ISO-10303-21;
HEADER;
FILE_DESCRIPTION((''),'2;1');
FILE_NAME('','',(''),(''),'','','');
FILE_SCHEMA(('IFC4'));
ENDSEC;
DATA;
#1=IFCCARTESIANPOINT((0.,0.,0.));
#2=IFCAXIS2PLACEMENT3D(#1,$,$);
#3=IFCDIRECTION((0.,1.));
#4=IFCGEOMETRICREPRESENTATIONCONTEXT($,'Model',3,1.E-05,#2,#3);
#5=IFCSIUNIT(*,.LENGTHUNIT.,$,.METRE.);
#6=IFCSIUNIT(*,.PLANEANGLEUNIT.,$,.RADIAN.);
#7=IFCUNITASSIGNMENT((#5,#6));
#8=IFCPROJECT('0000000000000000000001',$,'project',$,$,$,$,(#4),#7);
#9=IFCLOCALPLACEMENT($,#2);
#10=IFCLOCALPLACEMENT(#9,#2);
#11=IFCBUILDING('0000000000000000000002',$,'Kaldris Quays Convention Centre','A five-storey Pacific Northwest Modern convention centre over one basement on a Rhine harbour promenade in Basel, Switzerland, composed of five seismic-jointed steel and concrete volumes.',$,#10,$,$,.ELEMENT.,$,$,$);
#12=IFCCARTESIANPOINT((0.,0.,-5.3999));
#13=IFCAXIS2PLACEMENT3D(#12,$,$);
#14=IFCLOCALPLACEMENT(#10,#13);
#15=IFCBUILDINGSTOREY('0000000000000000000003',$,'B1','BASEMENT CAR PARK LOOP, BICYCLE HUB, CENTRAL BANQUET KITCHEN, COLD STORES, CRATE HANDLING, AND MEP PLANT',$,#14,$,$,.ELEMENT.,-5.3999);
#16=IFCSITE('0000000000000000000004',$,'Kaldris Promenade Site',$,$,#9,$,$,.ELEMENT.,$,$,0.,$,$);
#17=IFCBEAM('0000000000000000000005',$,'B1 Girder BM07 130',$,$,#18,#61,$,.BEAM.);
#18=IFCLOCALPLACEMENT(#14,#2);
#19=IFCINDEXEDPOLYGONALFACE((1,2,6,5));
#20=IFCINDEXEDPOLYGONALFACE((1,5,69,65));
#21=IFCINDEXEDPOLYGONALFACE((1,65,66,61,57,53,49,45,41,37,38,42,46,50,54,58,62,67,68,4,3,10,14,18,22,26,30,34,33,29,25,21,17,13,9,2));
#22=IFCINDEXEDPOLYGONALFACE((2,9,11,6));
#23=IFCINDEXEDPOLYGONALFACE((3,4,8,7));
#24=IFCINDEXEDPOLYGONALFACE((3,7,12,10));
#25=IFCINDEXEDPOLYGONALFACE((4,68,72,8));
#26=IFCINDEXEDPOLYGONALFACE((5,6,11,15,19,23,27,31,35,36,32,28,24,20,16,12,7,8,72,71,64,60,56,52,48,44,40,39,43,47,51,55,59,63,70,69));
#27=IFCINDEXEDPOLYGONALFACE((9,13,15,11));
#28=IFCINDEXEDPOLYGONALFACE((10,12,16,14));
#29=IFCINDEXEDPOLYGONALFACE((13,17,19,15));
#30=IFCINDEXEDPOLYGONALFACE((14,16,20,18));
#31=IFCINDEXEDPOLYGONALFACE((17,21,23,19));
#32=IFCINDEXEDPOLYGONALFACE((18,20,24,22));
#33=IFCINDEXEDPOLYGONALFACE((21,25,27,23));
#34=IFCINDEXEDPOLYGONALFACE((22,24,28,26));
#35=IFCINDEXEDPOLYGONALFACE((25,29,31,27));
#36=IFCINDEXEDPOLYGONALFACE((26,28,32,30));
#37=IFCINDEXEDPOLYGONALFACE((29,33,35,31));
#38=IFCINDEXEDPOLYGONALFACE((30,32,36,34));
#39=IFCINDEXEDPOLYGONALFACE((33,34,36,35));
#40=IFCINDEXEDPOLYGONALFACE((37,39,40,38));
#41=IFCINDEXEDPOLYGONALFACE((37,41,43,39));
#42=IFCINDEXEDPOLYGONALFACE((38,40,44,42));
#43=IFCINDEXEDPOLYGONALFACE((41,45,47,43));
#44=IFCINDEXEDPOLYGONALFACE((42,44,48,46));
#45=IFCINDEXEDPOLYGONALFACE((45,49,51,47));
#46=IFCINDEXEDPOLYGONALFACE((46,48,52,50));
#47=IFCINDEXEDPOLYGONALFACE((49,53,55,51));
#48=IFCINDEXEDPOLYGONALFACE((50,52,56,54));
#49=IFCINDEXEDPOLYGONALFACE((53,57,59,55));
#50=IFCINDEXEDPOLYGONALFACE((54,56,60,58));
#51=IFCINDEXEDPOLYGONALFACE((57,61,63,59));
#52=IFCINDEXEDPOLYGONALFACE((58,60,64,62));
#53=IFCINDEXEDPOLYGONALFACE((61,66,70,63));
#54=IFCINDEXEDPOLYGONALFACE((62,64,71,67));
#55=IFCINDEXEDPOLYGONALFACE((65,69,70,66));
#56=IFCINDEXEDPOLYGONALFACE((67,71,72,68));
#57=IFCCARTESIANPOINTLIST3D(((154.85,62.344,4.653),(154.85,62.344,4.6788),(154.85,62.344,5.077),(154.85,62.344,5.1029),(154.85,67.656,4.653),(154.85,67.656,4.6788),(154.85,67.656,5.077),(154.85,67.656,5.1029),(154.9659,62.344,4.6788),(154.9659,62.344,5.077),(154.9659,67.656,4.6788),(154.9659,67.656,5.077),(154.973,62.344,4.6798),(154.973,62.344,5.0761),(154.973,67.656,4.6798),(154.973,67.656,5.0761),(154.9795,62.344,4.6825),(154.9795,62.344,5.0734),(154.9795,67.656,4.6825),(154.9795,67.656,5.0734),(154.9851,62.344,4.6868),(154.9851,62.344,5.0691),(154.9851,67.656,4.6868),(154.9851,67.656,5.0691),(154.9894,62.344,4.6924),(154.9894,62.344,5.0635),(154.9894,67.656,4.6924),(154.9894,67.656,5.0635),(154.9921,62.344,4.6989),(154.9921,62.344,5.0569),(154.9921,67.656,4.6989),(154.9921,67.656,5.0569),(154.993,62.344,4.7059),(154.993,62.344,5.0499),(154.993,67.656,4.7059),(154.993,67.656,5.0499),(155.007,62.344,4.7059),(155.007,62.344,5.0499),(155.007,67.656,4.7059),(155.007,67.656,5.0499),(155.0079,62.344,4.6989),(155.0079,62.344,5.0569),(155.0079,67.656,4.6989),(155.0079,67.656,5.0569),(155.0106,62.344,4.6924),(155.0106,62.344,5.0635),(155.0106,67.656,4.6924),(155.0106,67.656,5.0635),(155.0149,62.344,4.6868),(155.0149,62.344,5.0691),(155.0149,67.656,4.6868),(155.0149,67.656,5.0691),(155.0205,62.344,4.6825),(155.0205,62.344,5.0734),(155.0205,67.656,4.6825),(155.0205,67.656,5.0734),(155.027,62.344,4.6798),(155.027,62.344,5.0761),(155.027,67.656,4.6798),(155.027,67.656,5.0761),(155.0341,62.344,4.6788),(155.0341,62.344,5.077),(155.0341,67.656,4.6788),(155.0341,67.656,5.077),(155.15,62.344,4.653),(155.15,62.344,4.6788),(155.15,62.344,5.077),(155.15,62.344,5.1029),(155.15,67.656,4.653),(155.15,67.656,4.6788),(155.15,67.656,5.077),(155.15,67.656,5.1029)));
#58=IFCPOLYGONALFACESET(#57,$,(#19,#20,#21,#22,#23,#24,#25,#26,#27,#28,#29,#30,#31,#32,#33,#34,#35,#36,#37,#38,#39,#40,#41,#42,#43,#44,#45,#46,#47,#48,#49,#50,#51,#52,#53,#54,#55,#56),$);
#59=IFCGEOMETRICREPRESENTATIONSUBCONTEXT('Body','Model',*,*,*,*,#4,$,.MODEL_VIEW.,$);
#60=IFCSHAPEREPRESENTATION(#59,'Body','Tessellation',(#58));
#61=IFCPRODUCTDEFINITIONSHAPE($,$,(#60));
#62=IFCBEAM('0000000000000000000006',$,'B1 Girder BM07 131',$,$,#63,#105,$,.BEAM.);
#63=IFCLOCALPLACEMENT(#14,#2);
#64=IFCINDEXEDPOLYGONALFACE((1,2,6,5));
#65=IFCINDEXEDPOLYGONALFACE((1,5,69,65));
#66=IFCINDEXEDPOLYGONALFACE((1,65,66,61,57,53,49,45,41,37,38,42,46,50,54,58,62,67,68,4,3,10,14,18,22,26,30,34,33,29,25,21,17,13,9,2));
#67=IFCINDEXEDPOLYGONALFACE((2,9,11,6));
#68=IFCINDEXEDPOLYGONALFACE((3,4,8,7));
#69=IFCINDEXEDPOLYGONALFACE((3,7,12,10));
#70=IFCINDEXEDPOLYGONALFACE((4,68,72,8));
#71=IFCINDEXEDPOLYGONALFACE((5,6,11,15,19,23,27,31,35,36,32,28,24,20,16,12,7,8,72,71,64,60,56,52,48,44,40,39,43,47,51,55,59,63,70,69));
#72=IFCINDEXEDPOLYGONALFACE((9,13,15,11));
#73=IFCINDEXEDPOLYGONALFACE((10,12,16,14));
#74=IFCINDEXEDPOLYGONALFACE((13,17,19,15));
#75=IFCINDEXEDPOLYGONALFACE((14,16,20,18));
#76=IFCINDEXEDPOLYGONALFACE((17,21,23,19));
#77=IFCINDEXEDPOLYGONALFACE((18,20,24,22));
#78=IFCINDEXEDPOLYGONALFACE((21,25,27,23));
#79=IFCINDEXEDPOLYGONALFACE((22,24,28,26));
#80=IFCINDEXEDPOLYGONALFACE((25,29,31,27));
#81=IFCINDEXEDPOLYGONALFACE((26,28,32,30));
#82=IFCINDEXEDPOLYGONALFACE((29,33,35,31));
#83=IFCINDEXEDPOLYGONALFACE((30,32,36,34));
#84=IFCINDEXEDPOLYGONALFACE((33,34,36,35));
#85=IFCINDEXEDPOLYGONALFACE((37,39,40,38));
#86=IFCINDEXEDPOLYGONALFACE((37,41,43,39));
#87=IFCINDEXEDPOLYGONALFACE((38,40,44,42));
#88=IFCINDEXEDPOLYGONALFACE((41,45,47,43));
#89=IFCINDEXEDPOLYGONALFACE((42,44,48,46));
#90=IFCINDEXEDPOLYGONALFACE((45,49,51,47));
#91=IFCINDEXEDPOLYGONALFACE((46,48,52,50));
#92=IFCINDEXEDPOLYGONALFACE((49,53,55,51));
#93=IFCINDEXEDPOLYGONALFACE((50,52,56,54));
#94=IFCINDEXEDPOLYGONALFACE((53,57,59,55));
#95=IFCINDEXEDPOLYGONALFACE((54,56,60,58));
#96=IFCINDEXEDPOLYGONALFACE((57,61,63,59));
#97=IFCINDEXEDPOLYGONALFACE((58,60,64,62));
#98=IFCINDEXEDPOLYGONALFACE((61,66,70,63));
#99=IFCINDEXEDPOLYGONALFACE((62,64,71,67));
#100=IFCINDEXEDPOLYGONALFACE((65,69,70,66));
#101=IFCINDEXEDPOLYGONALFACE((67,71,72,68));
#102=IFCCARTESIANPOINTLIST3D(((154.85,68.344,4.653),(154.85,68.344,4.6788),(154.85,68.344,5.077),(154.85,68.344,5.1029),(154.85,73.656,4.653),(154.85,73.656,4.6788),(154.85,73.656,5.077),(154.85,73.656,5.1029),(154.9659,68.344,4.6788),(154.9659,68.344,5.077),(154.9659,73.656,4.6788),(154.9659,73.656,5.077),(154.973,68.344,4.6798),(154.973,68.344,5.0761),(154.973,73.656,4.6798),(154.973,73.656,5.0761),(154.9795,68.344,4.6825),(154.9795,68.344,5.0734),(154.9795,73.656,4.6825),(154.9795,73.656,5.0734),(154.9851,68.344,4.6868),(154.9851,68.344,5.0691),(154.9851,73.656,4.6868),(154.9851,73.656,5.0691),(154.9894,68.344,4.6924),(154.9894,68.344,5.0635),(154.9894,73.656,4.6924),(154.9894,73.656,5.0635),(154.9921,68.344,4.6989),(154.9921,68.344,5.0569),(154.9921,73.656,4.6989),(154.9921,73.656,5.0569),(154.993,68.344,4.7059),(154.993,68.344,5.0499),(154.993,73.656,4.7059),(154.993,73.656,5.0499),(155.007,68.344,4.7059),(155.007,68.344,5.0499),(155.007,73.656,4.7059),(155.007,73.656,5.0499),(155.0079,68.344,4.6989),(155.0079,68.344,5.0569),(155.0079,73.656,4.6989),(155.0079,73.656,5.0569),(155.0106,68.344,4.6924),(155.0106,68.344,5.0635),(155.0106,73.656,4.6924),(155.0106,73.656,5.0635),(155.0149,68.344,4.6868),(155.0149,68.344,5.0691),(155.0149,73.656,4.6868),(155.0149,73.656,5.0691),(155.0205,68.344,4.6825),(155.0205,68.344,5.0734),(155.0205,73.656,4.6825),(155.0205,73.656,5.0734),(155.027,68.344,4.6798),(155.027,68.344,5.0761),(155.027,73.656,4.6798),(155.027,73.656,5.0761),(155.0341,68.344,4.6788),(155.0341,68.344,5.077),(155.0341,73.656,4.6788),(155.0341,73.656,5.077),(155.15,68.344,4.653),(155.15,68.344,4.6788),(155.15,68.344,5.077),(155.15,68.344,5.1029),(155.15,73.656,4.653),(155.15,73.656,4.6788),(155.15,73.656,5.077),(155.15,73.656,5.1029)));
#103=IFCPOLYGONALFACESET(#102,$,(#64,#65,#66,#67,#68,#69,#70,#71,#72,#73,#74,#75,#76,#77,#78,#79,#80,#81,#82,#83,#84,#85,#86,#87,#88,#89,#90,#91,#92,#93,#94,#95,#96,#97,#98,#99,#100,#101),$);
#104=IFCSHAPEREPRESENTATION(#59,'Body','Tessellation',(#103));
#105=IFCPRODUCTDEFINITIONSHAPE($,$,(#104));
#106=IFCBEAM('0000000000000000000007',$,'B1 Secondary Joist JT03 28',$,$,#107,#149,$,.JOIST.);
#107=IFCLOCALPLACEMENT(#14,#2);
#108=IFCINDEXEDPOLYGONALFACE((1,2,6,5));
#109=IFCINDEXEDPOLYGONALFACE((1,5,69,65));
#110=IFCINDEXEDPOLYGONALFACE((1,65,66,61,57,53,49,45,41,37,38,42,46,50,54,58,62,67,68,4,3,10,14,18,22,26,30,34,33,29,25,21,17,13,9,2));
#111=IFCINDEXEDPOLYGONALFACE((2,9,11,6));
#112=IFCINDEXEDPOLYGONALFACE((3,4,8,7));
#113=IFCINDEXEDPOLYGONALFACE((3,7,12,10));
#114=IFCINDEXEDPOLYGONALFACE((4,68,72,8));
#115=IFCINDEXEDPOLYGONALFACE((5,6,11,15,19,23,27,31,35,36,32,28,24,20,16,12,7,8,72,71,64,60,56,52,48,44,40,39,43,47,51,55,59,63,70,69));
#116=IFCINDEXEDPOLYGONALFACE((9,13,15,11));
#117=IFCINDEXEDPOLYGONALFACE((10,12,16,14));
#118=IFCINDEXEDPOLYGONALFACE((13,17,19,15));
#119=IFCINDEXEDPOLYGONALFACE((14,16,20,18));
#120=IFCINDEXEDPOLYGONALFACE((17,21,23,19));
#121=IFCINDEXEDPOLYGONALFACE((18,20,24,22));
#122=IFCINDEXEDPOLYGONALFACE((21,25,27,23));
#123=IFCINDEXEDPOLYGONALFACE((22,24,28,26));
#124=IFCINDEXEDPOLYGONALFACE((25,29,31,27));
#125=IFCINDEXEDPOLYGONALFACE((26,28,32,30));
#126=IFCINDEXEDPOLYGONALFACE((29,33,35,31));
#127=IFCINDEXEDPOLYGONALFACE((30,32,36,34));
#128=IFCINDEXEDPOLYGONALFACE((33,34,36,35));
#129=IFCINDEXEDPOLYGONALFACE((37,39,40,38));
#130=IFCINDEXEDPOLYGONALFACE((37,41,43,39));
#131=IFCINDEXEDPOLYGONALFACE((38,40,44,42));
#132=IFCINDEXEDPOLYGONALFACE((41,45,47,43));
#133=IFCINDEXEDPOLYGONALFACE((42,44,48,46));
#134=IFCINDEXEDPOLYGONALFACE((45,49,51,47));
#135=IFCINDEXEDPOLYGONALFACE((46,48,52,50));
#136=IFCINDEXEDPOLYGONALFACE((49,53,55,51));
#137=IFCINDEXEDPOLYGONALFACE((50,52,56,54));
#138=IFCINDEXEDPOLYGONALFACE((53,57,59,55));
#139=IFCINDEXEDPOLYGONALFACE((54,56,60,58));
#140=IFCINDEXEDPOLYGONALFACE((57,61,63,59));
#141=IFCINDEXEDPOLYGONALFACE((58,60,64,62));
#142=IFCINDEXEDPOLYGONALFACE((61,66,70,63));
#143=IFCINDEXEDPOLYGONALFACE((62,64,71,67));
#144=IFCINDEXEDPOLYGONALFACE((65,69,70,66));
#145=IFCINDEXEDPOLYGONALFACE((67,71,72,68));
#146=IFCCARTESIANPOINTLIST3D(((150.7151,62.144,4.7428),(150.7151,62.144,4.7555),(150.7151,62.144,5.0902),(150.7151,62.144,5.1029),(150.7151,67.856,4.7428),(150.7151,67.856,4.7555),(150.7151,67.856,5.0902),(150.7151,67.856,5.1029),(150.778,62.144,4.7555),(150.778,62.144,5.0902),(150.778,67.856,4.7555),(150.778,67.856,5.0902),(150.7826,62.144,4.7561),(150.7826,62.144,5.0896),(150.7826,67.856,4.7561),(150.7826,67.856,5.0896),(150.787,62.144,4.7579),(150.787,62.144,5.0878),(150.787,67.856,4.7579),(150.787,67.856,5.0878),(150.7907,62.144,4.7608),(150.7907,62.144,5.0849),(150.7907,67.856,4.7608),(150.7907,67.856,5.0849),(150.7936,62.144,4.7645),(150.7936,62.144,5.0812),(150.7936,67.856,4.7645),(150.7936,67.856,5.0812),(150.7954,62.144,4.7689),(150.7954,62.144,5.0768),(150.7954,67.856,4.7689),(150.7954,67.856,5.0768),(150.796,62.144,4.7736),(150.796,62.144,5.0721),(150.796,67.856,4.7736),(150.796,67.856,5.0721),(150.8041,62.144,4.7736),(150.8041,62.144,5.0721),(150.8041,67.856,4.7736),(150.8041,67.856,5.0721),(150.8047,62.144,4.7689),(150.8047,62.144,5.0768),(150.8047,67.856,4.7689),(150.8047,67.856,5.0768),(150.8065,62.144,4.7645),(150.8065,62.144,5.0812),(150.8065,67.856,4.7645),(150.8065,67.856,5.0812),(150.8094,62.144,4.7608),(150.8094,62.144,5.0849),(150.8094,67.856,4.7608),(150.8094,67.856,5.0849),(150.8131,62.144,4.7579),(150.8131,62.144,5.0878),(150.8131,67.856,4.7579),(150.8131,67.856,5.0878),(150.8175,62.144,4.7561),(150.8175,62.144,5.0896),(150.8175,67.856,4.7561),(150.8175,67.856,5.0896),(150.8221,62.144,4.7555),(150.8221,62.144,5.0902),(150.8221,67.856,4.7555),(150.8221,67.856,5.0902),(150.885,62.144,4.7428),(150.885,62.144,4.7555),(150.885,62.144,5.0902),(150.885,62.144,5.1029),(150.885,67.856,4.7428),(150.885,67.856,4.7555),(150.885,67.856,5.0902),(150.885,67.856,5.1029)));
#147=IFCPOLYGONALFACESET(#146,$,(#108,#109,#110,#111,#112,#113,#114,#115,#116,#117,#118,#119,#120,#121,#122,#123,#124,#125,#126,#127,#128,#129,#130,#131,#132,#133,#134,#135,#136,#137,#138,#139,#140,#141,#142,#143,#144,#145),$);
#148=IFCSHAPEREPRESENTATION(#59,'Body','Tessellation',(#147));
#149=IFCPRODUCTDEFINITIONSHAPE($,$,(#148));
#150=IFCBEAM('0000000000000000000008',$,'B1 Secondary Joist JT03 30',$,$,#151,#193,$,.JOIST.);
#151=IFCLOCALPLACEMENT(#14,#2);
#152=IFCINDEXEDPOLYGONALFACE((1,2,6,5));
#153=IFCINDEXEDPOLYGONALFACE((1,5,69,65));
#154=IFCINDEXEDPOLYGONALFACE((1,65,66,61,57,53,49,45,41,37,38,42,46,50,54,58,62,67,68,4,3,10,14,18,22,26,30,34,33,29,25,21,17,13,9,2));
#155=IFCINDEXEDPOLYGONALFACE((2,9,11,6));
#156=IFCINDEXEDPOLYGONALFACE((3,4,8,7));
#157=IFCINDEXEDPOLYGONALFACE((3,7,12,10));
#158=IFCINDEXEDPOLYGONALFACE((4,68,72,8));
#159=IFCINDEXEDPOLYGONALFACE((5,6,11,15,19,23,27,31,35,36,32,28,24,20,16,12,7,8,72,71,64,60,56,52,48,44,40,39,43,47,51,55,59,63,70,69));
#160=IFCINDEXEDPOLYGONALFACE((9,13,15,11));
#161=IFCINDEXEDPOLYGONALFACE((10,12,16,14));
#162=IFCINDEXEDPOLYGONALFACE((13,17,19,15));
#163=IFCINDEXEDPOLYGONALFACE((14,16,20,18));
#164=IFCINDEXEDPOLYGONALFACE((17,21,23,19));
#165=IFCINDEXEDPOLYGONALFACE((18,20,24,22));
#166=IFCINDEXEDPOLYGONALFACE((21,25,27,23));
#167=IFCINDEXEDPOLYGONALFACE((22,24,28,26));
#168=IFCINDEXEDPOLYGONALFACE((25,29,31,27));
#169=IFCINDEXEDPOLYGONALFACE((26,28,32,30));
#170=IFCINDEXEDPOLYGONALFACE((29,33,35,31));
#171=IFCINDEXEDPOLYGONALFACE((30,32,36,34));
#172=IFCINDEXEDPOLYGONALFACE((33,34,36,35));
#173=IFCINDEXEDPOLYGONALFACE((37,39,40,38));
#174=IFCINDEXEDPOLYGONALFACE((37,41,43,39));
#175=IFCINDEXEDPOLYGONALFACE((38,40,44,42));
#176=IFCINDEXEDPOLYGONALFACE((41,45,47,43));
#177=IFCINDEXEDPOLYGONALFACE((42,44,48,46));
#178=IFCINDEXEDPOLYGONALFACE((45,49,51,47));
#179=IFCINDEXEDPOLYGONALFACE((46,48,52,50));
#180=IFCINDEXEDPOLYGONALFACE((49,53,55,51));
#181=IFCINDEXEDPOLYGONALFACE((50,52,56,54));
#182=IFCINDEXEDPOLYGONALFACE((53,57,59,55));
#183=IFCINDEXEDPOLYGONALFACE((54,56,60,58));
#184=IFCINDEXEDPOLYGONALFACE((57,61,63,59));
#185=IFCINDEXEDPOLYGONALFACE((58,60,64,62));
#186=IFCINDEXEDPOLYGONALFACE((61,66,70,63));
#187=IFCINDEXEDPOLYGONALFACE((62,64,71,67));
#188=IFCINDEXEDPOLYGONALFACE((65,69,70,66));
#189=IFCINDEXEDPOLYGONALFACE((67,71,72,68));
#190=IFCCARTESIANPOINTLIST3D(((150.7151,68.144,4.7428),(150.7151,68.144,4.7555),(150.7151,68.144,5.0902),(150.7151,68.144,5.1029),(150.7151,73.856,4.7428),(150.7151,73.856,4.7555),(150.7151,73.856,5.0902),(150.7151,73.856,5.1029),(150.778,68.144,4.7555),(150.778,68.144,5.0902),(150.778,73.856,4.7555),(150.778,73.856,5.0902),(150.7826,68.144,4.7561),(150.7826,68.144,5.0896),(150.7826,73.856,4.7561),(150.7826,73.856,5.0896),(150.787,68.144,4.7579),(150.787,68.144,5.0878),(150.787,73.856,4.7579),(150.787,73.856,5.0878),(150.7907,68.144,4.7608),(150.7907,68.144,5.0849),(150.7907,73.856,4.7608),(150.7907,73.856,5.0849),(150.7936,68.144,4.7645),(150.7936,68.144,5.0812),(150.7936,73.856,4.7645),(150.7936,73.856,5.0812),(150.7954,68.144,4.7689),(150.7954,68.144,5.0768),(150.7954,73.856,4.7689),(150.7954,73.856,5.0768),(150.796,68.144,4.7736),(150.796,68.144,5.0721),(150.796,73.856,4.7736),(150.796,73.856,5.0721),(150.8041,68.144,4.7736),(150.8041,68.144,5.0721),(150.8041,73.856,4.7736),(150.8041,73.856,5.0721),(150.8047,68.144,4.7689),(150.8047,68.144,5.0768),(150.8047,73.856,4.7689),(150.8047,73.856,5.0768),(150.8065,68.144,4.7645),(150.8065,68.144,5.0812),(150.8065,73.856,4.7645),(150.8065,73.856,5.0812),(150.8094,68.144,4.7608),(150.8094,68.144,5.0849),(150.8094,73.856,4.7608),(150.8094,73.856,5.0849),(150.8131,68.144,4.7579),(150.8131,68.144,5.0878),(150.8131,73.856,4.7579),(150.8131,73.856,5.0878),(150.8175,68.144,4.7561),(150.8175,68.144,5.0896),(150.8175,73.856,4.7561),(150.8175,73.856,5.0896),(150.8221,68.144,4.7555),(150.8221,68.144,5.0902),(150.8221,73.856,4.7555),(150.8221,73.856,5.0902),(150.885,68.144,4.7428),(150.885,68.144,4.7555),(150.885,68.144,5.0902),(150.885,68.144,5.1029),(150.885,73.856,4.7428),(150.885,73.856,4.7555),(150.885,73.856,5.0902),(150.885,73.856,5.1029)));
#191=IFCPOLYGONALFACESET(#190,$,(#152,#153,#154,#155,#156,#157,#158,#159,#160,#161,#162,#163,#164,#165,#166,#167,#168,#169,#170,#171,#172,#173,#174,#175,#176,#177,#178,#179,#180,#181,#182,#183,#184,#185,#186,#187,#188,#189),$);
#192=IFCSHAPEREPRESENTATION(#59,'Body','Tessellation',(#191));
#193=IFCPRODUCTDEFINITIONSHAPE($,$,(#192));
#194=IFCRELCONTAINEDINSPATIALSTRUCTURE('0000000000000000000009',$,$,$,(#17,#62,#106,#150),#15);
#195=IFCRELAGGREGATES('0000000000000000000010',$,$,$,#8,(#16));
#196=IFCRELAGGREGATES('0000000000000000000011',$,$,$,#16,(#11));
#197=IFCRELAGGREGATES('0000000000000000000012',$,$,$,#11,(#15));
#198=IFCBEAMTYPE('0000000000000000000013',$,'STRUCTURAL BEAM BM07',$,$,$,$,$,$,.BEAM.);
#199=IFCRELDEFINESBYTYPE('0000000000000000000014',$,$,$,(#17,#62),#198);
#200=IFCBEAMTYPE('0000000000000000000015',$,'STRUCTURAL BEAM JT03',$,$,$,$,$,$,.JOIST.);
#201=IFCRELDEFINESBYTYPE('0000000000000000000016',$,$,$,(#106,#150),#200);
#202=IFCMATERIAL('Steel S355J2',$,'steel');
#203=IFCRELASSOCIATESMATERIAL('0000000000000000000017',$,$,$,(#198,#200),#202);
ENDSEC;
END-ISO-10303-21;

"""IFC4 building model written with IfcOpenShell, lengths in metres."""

from ifc_helpers import new_model, si_unit, direction, frame, origin, origin_2d, place, context, subcontext, project, spatial, i_section, extrude, material, material_profile, profile_set, type_object, element, save


model = new_model("IFC4")

# Units and contexts
model_context = context("Model", 3, precision=1e-05, world=origin(), true_north=direction((0.0, 1.0)))
body_context = subcontext(model_context, "Body", "Model", "MODEL_VIEW")
ifc_project = project(units=[si_unit("LENGTHUNIT", "METRE"), si_unit("PLANEANGLEUNIT", "RADIAN")], contexts=[model_context])

# Site, building, storey
site_placement = place(None, origin())
site = spatial("IfcSite", under=ifc_project, at=site_placement, Name="Kaldris Promenade Site", CompositionType="ELEMENT", RefElevation=0.0)
building_placement = place(site_placement, origin())
building = spatial("IfcBuilding", under=site, at=building_placement, Name="Kaldris Quays Convention Centre", Description="A five-storey Pacific Northwest Modern convention centre over one basement on a Rhine harbour promenade in Basel, Switzerland, composed of five seismic-jointed steel and concrete volumes.", CompositionType="ELEMENT")
storey_placement = place(building_placement, frame((0.0, 0.0, -5.3999)))
storey = spatial("IfcBuildingStorey", under=building, at=storey_placement, Name="B1", Description="BASEMENT CAR PARK LOOP, BICYCLE HUB, CENTRAL BANQUET KITCHEN, COLD STORES, CRATE HANDLING, AND MEP PLANT", CompositionType="ELEMENT", Elevation=-5.3999)

# Shared definitions
ifc_material_1 = material(Name="Steel S355J2", Category="steel")

# Beams
ifc_material_profile_1 = material_profile(ifc_material_1, i_section(OverallWidth=0.3, OverallDepth=0.45, WebThickness=0.0139, FlangeThickness=0.0259, FilletRadius=0.0271, at=origin_2d()), Name="HEB 450")
ifc_profile_set_1 = profile_set([ifc_material_profile_1], Name="Steel S355J2")
beam_type_1 = type_object("IfcBeamType", Name="STRUCTURAL BEAM BM07", PredefinedType="BEAM", material=ifc_profile_set_1)
for number, where, z_axis, x_axis, name in (
    (1, (155.0, 62.344, 4.8779), (0.0, 1.0, 0.0), (-1.0, 0.0, 0.0), "B1 Girder BM07 130"),
    (2, (155.0, 68.344, 4.8779), (0.0, 1.0, 0.0), (-1.0, 0.0, 0.0), "B1 Girder BM07 131"),
):
    element("IfcBeam", number, at=place(storey_placement, frame(where, z_axis=z_axis, x_axis=x_axis)), inside=storey, type_object=beam_type_1, Name=name, PredefinedType="BEAM", context=body_context, shape_type="SweptSolid", body=[
        extrude(i_section(OverallWidth=0.3, OverallDepth=0.45, WebThickness=0.0139, FlangeThickness=0.0259, FilletRadius=0.0271, at=origin_2d()), origin(), (0.0, 0.0, 1.0), 5.312),
    ])
ifc_material_profile_2 = material_profile(ifc_material_1, i_section(OverallWidth=0.1699, OverallDepth=0.3601, WebThickness=0.0081, FlangeThickness=0.0127, FilletRadius=0.0181, at=origin_2d()), Name="IPE 360")
ifc_profile_set_2 = profile_set([ifc_material_profile_2], Name="Steel S355J2")
beam_type_2 = type_object("IfcBeamType", Name="STRUCTURAL BEAM JT03", PredefinedType="JOIST", material=ifc_profile_set_2)
for number, where, z_axis, x_axis, name in (
    (3, (150.8, 62.144, 4.9229), (0.0, 1.0, 0.0), (-1.0, 0.0, 0.0), "B1 Secondary Joist JT03 28"),
    (4, (150.8, 68.144, 4.9229), (0.0, 1.0, 0.0), (-1.0, 0.0, 0.0), "B1 Secondary Joist JT03 30"),
):
    element("IfcBeam", number, at=place(storey_placement, frame(where, z_axis=z_axis, x_axis=x_axis)), inside=storey, type_object=beam_type_2, Name=name, PredefinedType="JOIST", context=body_context, shape_type="SweptSolid", body=[
        extrude(i_section(OverallWidth=0.1699, OverallDepth=0.3601, WebThickness=0.0081, FlangeThickness=0.0127, FilletRadius=0.0181, at=origin_2d()), origin(), (0.0, 0.0, 1.0), 5.7119),
    ])

save(model, "model.ifc")
